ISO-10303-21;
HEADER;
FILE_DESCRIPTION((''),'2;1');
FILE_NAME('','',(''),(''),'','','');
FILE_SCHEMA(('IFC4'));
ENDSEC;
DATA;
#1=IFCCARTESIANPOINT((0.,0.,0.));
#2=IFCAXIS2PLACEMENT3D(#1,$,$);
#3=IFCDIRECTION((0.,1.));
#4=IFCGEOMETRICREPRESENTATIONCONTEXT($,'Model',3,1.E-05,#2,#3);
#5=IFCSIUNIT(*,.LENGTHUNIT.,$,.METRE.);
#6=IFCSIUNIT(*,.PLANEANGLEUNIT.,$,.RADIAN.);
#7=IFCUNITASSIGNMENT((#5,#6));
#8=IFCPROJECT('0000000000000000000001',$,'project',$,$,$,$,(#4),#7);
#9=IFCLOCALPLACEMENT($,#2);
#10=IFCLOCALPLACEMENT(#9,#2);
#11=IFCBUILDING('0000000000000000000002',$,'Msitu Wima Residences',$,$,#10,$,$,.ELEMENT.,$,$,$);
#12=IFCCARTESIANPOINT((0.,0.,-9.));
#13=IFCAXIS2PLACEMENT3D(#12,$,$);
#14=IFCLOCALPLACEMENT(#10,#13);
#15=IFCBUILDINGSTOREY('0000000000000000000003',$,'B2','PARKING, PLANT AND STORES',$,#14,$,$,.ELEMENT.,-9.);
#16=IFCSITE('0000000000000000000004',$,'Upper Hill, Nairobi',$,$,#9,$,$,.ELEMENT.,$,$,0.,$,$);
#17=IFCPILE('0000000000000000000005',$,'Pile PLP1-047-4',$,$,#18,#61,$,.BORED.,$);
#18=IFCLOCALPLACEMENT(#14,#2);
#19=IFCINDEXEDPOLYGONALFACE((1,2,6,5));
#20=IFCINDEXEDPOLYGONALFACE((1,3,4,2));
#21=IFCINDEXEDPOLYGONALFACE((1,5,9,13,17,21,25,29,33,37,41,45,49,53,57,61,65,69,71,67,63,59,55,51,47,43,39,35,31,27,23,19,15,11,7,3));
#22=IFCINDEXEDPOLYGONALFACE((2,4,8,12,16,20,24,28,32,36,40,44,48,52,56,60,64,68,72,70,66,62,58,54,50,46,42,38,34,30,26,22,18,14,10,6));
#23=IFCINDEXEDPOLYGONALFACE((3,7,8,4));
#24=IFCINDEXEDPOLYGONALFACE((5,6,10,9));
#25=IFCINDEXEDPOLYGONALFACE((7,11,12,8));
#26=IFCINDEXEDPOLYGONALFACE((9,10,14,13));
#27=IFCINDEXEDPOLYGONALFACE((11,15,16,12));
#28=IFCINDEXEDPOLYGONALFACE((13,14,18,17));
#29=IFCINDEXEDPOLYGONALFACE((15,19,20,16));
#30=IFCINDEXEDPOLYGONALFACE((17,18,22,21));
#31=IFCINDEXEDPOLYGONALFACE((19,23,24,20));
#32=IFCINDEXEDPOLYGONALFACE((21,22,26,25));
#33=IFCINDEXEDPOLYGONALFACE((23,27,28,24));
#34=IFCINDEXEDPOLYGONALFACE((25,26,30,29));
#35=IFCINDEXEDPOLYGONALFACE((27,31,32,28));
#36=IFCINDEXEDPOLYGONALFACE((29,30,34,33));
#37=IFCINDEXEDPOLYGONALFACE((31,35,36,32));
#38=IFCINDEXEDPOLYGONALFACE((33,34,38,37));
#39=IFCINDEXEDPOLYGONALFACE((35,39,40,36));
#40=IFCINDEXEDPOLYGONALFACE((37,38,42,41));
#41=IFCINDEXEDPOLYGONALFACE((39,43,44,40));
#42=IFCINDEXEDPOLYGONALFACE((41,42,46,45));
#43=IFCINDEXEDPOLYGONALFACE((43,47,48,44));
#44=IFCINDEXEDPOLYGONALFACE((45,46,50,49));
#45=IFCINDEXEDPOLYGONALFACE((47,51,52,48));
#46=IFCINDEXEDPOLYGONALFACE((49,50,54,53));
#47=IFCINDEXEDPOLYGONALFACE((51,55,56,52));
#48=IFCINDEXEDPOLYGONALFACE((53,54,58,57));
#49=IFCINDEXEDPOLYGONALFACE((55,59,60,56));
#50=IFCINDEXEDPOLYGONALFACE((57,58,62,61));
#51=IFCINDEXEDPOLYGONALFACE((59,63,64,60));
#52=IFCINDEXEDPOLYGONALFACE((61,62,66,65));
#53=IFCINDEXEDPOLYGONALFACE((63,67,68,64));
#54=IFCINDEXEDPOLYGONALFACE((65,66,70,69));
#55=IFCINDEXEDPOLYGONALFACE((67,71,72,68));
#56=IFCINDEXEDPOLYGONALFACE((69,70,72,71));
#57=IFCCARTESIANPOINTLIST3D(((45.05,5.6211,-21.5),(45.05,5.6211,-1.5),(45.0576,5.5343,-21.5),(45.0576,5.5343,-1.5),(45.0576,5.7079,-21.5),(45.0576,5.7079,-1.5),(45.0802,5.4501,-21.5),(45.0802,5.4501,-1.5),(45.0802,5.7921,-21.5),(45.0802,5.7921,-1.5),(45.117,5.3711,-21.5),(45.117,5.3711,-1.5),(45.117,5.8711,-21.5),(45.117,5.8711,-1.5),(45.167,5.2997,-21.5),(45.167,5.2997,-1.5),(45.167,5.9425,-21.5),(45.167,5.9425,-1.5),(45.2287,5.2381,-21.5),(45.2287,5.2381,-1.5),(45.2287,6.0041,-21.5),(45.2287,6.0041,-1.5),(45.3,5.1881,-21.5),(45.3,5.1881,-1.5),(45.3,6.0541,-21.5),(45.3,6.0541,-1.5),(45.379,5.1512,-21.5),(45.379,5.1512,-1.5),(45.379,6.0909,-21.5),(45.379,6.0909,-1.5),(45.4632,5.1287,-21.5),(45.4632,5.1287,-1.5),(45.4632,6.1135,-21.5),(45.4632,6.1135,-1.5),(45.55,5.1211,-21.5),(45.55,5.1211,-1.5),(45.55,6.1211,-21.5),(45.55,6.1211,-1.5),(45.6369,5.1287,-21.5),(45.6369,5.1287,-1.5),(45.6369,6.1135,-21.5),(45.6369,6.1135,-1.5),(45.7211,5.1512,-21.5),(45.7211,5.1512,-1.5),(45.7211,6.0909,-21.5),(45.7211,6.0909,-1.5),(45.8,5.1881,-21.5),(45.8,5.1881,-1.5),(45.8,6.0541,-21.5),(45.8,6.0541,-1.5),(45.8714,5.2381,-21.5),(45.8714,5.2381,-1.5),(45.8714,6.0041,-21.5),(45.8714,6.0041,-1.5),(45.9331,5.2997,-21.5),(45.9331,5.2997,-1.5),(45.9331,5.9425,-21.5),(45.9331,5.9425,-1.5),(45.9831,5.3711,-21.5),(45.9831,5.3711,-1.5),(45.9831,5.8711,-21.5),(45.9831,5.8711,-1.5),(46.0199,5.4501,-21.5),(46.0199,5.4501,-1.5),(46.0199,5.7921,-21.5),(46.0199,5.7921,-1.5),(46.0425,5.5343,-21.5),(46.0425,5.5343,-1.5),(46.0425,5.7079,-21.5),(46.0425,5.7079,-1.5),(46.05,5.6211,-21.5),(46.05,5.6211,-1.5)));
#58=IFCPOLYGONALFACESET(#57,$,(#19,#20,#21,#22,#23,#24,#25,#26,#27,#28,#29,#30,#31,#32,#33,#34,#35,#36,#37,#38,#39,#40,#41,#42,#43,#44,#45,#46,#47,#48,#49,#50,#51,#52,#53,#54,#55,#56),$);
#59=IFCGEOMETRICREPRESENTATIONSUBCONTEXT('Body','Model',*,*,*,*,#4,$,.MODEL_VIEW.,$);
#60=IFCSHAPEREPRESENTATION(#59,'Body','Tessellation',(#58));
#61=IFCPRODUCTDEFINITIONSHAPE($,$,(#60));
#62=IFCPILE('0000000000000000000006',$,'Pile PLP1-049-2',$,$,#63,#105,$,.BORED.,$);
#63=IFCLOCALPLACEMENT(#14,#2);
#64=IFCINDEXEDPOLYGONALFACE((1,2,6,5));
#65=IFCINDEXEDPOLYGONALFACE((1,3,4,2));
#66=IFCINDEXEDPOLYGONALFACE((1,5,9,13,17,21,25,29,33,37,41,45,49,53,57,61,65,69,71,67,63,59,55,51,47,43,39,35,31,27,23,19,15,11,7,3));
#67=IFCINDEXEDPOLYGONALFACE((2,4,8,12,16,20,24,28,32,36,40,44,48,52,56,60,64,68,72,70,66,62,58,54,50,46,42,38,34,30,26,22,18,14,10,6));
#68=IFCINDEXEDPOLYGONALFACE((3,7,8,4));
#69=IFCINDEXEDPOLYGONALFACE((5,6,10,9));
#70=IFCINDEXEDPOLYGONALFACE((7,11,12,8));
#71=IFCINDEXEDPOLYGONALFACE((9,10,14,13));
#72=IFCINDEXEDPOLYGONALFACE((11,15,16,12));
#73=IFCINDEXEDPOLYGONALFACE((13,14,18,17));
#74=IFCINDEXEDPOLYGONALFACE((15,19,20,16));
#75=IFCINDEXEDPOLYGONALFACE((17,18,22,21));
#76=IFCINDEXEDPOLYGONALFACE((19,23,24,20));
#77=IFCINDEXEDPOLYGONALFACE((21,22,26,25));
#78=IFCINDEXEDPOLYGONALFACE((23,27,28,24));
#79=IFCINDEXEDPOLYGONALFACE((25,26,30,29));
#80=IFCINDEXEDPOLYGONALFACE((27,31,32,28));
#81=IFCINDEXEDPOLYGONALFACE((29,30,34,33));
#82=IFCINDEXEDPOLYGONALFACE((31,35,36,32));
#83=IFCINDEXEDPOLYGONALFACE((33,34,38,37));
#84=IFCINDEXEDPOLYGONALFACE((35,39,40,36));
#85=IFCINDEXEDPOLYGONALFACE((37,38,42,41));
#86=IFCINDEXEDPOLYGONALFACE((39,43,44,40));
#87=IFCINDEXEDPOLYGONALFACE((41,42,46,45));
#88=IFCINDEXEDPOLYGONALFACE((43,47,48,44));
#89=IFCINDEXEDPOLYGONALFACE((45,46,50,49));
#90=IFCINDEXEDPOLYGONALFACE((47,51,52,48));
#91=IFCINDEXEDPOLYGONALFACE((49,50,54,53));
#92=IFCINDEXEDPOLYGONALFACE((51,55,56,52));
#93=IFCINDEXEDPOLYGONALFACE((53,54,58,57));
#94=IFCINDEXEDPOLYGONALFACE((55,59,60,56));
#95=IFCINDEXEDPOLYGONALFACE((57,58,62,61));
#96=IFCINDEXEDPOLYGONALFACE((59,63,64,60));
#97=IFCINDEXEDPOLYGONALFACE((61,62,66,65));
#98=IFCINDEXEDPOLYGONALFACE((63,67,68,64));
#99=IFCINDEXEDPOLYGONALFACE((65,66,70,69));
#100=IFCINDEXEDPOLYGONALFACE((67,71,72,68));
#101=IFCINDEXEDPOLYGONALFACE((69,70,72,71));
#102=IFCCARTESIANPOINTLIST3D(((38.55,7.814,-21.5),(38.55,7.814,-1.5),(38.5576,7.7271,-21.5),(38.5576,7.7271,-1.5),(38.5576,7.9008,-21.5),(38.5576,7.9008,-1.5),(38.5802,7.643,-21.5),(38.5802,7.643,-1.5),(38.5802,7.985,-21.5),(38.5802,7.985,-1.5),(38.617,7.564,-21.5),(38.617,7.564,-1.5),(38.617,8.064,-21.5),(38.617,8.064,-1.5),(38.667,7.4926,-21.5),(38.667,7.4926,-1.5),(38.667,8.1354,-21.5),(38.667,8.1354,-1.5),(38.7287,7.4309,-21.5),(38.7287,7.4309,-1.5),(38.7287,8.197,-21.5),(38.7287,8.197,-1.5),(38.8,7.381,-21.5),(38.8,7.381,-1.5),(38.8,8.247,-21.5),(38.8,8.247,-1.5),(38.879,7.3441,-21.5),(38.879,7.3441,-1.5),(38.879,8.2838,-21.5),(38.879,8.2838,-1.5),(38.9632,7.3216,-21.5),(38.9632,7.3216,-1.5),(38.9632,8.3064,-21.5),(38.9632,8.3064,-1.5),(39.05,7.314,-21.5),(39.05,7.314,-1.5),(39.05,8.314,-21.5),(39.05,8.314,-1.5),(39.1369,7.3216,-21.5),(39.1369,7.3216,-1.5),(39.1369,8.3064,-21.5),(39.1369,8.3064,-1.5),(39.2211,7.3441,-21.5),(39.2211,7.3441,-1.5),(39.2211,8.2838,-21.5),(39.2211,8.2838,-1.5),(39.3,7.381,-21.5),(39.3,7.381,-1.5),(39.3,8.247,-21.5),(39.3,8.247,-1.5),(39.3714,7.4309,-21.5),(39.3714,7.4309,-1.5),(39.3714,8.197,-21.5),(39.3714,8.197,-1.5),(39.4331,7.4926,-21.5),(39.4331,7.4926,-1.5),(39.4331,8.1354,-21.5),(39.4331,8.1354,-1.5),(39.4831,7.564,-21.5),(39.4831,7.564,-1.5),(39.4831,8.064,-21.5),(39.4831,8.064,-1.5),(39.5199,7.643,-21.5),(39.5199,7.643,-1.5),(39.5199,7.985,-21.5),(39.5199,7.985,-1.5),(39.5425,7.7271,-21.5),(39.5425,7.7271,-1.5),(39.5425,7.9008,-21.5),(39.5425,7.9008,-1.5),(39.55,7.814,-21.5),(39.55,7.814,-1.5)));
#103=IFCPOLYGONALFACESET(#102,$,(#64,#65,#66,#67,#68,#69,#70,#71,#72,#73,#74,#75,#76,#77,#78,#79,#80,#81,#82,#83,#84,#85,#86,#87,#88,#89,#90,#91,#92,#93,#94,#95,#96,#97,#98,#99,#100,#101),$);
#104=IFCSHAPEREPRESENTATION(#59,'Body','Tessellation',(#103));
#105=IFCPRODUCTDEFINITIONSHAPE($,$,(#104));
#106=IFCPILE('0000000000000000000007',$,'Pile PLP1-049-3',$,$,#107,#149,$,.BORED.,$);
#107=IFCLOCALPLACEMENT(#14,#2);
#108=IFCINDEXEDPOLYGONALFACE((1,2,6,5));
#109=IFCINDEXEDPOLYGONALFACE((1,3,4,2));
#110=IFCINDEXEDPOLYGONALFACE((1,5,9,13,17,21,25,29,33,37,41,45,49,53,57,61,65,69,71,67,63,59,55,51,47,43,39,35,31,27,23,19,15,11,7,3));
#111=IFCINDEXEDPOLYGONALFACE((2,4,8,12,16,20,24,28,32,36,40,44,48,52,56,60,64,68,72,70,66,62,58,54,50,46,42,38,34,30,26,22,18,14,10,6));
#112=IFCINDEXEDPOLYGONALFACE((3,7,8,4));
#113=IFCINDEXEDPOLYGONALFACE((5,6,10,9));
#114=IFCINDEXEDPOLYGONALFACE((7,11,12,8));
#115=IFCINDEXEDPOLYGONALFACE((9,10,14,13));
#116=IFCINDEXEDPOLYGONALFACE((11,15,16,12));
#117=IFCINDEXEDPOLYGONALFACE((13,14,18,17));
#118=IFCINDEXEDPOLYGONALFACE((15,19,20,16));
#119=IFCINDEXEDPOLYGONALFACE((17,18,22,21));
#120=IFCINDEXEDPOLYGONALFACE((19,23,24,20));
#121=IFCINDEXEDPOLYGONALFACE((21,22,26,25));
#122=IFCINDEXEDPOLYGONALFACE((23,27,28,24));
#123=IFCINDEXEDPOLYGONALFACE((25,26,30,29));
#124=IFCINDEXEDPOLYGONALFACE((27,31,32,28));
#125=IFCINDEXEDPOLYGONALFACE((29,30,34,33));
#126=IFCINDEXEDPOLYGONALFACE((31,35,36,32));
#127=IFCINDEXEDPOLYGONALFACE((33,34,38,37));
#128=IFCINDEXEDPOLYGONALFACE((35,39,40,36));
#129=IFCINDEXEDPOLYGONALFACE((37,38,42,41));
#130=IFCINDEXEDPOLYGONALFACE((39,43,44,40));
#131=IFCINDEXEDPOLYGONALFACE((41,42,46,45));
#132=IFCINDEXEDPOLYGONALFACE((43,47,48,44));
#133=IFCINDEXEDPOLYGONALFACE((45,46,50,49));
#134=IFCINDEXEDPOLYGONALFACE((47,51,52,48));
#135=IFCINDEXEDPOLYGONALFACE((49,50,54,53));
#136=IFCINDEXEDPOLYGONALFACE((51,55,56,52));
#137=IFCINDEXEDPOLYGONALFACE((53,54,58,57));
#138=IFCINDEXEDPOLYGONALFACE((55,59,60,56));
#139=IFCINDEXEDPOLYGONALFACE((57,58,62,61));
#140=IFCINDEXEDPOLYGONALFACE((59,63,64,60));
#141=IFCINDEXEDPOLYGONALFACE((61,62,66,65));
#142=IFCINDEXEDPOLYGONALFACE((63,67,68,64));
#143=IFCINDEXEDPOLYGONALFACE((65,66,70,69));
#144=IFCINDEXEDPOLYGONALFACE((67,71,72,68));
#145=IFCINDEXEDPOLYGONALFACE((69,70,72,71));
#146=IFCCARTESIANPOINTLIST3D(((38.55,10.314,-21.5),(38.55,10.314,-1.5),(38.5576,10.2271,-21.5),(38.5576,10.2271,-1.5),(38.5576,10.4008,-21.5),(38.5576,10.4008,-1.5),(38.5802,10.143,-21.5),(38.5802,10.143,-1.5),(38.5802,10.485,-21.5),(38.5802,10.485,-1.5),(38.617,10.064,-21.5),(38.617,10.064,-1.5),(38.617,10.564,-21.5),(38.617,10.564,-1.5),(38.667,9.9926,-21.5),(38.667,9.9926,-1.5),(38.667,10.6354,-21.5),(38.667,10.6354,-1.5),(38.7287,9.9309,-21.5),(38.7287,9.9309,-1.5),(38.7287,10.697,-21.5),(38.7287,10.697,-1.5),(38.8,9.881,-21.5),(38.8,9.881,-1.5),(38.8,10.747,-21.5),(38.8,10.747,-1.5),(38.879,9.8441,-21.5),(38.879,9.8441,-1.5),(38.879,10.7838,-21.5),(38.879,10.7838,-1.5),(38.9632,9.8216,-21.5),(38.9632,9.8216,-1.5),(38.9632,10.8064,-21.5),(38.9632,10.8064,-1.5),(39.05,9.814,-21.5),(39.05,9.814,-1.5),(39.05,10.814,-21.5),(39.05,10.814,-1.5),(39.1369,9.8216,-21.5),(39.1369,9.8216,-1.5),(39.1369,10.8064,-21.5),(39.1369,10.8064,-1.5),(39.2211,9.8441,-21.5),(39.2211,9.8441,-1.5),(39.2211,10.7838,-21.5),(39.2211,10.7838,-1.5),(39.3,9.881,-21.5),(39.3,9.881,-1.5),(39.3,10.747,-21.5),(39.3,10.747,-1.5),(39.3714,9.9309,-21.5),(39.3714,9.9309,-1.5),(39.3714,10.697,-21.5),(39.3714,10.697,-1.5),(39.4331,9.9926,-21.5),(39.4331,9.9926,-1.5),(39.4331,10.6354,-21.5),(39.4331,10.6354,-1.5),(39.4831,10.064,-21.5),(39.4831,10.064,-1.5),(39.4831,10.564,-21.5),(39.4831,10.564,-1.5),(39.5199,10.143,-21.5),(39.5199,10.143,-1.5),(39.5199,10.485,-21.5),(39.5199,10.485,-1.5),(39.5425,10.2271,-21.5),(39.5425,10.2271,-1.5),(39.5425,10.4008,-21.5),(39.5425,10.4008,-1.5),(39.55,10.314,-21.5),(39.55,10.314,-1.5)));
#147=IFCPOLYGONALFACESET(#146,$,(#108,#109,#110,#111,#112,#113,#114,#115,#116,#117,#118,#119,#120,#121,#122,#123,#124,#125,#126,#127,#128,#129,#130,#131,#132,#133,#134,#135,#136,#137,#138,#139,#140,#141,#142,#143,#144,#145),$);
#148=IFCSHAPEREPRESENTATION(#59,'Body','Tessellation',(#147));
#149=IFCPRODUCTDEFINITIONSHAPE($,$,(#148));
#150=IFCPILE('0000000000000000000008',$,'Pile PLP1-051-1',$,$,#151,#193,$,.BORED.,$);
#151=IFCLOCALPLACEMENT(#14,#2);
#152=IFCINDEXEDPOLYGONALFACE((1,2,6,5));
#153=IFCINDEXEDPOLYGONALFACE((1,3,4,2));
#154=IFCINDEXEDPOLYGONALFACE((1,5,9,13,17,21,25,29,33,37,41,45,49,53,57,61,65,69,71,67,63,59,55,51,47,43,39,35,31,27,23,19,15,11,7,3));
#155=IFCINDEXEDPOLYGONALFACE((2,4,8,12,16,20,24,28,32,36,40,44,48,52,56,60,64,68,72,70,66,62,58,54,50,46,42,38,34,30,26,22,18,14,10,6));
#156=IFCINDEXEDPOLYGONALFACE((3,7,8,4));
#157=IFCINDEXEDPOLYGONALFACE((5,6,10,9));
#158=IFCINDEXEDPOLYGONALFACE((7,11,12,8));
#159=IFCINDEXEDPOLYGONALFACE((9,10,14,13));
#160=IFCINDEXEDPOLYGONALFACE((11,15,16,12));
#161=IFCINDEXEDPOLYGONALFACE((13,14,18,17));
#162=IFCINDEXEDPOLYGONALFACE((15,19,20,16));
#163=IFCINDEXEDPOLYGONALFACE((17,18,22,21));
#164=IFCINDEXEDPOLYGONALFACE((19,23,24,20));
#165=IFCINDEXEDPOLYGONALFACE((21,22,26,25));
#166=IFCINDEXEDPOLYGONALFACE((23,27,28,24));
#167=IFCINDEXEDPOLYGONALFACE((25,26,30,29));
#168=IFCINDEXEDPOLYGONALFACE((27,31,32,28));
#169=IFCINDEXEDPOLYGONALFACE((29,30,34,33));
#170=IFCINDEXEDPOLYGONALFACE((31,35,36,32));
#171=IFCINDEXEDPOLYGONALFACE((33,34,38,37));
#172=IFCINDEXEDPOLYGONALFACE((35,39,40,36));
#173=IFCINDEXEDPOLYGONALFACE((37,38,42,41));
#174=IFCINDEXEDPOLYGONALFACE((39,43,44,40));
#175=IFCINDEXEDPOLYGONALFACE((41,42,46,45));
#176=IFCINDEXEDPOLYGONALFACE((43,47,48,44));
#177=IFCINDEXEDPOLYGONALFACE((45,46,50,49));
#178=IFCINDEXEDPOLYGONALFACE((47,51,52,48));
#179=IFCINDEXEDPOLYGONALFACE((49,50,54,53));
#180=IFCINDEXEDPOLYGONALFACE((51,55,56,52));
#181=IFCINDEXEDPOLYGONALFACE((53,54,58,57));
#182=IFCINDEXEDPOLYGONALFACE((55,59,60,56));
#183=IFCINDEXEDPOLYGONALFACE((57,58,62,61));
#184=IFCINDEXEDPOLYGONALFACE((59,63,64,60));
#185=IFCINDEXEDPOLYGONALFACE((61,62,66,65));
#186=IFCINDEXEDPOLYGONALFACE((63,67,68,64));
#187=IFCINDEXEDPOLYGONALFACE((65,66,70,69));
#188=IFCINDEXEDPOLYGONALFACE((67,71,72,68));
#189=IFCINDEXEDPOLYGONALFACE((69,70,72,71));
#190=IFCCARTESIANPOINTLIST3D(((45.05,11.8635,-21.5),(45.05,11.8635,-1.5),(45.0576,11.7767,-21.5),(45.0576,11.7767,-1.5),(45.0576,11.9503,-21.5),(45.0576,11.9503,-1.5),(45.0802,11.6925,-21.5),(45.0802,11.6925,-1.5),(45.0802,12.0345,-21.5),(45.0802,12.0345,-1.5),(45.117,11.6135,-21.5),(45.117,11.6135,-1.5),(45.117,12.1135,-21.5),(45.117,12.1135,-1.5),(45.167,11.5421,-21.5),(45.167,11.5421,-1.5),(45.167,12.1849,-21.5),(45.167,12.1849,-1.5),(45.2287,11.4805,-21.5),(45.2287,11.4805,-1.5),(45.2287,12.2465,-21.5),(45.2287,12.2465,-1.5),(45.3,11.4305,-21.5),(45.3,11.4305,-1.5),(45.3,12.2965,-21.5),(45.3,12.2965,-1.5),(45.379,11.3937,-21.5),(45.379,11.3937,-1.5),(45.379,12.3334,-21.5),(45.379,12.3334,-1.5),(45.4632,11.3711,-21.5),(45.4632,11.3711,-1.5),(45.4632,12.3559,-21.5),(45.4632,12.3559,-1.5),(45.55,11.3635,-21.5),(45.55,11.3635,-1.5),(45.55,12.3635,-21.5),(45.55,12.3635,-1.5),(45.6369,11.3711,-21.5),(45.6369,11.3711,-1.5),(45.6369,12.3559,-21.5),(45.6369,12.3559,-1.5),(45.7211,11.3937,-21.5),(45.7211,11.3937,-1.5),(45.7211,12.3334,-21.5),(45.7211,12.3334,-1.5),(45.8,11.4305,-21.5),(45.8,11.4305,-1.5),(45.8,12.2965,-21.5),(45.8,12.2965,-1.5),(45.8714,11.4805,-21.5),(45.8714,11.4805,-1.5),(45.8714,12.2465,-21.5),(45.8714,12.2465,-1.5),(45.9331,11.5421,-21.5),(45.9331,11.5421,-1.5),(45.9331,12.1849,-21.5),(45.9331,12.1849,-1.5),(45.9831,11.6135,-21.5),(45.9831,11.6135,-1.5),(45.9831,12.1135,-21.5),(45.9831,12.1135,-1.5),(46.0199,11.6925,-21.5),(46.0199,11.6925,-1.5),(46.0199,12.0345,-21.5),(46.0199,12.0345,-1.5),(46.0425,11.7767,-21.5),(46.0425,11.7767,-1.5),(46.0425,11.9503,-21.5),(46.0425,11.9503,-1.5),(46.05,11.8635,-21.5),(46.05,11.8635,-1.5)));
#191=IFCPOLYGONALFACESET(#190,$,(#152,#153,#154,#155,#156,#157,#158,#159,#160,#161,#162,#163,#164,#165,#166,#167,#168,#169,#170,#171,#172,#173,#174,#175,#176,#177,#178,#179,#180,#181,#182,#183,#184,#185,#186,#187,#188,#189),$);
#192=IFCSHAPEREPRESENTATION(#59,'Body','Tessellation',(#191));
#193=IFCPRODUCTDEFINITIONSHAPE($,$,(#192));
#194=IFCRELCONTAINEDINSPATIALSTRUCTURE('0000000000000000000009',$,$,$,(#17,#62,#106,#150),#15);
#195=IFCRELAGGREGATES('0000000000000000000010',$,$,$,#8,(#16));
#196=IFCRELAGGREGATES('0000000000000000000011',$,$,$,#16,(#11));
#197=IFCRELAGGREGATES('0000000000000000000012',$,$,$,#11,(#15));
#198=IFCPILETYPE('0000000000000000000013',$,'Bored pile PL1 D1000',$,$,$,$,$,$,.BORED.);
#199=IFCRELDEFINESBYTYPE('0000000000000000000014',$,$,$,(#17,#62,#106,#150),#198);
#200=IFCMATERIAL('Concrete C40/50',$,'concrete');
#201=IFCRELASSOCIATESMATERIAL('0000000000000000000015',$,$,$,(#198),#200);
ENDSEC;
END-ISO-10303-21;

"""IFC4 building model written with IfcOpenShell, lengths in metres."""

from ifc_helpers import new_model, si_unit, direction, frame, origin, origin_2d, place, context, subcontext, project, spatial, circle, extrude, material, type_object, element, save


model = new_model("IFC4")

# Units and contexts
model_context = context("Model", 3, precision=1e-05, world=origin(), true_north=direction((0.0, 1.0)))
body_context = subcontext(model_context, "Body", "Model", "MODEL_VIEW")
ifc_project = project(units=[si_unit("LENGTHUNIT", "METRE"), si_unit("PLANEANGLEUNIT", "RADIAN")], contexts=[model_context])

# Site, building, storey
site_placement = place(None, origin())
site = spatial("IfcSite", under=ifc_project, at=site_placement, Name="Upper Hill, Nairobi", CompositionType="ELEMENT", RefElevation=0.0)
building_placement = place(site_placement, origin())
building = spatial("IfcBuilding", under=site, at=building_placement, Name="Msitu Wima Residences", CompositionType="ELEMENT")
storey_placement = place(building_placement, frame((0.0, 0.0, -9.0)))
storey = spatial("IfcBuildingStorey", under=building, at=storey_placement, Name="B2", Description="PARKING, PLANT AND STORES", CompositionType="ELEMENT", Elevation=-9.0)

# Piles
ifc_material_1 = material(Name="Concrete C40/50", Category="concrete")
pile_type = type_object("IfcPileType", Name="Bored pile PL1 D1000", PredefinedType="BORED", material=ifc_material_1)
for number, where, z_axis, x_axis, name in (
    (1, (45.55, 5.6211, -1.5), (0.0, 0.0, -1.0), (1.0, 0.0, 0.0), "Pile PLP1-047-4"),
    (2, (39.05, 7.814, -1.5), (0.0, 0.0, -1.0), (1.0, 0.0, 0.0), "Pile PLP1-049-2"),
    (3, (39.05, 10.314, -1.5), (0.0, 0.0, -1.0), (1.0, 0.0, 0.0), "Pile PLP1-049-3"),
    (4, (45.55, 11.8635, -1.5), (0.0, 0.0, -1.0), (1.0, 0.0, 0.0), "Pile PLP1-051-1"),
):
    element("IfcPile", number, at=place(storey_placement, frame(where, z_axis=z_axis, x_axis=x_axis)), inside=storey, type_object=pile_type, Name=name, PredefinedType="BORED", context=body_context, shape_type="SweptSolid", body=[
        extrude(circle(Radius=0.5, at=origin_2d()), origin(), (0.0, 0.0, 1.0), 20.0),
    ])

save(model, "model.ifc")
